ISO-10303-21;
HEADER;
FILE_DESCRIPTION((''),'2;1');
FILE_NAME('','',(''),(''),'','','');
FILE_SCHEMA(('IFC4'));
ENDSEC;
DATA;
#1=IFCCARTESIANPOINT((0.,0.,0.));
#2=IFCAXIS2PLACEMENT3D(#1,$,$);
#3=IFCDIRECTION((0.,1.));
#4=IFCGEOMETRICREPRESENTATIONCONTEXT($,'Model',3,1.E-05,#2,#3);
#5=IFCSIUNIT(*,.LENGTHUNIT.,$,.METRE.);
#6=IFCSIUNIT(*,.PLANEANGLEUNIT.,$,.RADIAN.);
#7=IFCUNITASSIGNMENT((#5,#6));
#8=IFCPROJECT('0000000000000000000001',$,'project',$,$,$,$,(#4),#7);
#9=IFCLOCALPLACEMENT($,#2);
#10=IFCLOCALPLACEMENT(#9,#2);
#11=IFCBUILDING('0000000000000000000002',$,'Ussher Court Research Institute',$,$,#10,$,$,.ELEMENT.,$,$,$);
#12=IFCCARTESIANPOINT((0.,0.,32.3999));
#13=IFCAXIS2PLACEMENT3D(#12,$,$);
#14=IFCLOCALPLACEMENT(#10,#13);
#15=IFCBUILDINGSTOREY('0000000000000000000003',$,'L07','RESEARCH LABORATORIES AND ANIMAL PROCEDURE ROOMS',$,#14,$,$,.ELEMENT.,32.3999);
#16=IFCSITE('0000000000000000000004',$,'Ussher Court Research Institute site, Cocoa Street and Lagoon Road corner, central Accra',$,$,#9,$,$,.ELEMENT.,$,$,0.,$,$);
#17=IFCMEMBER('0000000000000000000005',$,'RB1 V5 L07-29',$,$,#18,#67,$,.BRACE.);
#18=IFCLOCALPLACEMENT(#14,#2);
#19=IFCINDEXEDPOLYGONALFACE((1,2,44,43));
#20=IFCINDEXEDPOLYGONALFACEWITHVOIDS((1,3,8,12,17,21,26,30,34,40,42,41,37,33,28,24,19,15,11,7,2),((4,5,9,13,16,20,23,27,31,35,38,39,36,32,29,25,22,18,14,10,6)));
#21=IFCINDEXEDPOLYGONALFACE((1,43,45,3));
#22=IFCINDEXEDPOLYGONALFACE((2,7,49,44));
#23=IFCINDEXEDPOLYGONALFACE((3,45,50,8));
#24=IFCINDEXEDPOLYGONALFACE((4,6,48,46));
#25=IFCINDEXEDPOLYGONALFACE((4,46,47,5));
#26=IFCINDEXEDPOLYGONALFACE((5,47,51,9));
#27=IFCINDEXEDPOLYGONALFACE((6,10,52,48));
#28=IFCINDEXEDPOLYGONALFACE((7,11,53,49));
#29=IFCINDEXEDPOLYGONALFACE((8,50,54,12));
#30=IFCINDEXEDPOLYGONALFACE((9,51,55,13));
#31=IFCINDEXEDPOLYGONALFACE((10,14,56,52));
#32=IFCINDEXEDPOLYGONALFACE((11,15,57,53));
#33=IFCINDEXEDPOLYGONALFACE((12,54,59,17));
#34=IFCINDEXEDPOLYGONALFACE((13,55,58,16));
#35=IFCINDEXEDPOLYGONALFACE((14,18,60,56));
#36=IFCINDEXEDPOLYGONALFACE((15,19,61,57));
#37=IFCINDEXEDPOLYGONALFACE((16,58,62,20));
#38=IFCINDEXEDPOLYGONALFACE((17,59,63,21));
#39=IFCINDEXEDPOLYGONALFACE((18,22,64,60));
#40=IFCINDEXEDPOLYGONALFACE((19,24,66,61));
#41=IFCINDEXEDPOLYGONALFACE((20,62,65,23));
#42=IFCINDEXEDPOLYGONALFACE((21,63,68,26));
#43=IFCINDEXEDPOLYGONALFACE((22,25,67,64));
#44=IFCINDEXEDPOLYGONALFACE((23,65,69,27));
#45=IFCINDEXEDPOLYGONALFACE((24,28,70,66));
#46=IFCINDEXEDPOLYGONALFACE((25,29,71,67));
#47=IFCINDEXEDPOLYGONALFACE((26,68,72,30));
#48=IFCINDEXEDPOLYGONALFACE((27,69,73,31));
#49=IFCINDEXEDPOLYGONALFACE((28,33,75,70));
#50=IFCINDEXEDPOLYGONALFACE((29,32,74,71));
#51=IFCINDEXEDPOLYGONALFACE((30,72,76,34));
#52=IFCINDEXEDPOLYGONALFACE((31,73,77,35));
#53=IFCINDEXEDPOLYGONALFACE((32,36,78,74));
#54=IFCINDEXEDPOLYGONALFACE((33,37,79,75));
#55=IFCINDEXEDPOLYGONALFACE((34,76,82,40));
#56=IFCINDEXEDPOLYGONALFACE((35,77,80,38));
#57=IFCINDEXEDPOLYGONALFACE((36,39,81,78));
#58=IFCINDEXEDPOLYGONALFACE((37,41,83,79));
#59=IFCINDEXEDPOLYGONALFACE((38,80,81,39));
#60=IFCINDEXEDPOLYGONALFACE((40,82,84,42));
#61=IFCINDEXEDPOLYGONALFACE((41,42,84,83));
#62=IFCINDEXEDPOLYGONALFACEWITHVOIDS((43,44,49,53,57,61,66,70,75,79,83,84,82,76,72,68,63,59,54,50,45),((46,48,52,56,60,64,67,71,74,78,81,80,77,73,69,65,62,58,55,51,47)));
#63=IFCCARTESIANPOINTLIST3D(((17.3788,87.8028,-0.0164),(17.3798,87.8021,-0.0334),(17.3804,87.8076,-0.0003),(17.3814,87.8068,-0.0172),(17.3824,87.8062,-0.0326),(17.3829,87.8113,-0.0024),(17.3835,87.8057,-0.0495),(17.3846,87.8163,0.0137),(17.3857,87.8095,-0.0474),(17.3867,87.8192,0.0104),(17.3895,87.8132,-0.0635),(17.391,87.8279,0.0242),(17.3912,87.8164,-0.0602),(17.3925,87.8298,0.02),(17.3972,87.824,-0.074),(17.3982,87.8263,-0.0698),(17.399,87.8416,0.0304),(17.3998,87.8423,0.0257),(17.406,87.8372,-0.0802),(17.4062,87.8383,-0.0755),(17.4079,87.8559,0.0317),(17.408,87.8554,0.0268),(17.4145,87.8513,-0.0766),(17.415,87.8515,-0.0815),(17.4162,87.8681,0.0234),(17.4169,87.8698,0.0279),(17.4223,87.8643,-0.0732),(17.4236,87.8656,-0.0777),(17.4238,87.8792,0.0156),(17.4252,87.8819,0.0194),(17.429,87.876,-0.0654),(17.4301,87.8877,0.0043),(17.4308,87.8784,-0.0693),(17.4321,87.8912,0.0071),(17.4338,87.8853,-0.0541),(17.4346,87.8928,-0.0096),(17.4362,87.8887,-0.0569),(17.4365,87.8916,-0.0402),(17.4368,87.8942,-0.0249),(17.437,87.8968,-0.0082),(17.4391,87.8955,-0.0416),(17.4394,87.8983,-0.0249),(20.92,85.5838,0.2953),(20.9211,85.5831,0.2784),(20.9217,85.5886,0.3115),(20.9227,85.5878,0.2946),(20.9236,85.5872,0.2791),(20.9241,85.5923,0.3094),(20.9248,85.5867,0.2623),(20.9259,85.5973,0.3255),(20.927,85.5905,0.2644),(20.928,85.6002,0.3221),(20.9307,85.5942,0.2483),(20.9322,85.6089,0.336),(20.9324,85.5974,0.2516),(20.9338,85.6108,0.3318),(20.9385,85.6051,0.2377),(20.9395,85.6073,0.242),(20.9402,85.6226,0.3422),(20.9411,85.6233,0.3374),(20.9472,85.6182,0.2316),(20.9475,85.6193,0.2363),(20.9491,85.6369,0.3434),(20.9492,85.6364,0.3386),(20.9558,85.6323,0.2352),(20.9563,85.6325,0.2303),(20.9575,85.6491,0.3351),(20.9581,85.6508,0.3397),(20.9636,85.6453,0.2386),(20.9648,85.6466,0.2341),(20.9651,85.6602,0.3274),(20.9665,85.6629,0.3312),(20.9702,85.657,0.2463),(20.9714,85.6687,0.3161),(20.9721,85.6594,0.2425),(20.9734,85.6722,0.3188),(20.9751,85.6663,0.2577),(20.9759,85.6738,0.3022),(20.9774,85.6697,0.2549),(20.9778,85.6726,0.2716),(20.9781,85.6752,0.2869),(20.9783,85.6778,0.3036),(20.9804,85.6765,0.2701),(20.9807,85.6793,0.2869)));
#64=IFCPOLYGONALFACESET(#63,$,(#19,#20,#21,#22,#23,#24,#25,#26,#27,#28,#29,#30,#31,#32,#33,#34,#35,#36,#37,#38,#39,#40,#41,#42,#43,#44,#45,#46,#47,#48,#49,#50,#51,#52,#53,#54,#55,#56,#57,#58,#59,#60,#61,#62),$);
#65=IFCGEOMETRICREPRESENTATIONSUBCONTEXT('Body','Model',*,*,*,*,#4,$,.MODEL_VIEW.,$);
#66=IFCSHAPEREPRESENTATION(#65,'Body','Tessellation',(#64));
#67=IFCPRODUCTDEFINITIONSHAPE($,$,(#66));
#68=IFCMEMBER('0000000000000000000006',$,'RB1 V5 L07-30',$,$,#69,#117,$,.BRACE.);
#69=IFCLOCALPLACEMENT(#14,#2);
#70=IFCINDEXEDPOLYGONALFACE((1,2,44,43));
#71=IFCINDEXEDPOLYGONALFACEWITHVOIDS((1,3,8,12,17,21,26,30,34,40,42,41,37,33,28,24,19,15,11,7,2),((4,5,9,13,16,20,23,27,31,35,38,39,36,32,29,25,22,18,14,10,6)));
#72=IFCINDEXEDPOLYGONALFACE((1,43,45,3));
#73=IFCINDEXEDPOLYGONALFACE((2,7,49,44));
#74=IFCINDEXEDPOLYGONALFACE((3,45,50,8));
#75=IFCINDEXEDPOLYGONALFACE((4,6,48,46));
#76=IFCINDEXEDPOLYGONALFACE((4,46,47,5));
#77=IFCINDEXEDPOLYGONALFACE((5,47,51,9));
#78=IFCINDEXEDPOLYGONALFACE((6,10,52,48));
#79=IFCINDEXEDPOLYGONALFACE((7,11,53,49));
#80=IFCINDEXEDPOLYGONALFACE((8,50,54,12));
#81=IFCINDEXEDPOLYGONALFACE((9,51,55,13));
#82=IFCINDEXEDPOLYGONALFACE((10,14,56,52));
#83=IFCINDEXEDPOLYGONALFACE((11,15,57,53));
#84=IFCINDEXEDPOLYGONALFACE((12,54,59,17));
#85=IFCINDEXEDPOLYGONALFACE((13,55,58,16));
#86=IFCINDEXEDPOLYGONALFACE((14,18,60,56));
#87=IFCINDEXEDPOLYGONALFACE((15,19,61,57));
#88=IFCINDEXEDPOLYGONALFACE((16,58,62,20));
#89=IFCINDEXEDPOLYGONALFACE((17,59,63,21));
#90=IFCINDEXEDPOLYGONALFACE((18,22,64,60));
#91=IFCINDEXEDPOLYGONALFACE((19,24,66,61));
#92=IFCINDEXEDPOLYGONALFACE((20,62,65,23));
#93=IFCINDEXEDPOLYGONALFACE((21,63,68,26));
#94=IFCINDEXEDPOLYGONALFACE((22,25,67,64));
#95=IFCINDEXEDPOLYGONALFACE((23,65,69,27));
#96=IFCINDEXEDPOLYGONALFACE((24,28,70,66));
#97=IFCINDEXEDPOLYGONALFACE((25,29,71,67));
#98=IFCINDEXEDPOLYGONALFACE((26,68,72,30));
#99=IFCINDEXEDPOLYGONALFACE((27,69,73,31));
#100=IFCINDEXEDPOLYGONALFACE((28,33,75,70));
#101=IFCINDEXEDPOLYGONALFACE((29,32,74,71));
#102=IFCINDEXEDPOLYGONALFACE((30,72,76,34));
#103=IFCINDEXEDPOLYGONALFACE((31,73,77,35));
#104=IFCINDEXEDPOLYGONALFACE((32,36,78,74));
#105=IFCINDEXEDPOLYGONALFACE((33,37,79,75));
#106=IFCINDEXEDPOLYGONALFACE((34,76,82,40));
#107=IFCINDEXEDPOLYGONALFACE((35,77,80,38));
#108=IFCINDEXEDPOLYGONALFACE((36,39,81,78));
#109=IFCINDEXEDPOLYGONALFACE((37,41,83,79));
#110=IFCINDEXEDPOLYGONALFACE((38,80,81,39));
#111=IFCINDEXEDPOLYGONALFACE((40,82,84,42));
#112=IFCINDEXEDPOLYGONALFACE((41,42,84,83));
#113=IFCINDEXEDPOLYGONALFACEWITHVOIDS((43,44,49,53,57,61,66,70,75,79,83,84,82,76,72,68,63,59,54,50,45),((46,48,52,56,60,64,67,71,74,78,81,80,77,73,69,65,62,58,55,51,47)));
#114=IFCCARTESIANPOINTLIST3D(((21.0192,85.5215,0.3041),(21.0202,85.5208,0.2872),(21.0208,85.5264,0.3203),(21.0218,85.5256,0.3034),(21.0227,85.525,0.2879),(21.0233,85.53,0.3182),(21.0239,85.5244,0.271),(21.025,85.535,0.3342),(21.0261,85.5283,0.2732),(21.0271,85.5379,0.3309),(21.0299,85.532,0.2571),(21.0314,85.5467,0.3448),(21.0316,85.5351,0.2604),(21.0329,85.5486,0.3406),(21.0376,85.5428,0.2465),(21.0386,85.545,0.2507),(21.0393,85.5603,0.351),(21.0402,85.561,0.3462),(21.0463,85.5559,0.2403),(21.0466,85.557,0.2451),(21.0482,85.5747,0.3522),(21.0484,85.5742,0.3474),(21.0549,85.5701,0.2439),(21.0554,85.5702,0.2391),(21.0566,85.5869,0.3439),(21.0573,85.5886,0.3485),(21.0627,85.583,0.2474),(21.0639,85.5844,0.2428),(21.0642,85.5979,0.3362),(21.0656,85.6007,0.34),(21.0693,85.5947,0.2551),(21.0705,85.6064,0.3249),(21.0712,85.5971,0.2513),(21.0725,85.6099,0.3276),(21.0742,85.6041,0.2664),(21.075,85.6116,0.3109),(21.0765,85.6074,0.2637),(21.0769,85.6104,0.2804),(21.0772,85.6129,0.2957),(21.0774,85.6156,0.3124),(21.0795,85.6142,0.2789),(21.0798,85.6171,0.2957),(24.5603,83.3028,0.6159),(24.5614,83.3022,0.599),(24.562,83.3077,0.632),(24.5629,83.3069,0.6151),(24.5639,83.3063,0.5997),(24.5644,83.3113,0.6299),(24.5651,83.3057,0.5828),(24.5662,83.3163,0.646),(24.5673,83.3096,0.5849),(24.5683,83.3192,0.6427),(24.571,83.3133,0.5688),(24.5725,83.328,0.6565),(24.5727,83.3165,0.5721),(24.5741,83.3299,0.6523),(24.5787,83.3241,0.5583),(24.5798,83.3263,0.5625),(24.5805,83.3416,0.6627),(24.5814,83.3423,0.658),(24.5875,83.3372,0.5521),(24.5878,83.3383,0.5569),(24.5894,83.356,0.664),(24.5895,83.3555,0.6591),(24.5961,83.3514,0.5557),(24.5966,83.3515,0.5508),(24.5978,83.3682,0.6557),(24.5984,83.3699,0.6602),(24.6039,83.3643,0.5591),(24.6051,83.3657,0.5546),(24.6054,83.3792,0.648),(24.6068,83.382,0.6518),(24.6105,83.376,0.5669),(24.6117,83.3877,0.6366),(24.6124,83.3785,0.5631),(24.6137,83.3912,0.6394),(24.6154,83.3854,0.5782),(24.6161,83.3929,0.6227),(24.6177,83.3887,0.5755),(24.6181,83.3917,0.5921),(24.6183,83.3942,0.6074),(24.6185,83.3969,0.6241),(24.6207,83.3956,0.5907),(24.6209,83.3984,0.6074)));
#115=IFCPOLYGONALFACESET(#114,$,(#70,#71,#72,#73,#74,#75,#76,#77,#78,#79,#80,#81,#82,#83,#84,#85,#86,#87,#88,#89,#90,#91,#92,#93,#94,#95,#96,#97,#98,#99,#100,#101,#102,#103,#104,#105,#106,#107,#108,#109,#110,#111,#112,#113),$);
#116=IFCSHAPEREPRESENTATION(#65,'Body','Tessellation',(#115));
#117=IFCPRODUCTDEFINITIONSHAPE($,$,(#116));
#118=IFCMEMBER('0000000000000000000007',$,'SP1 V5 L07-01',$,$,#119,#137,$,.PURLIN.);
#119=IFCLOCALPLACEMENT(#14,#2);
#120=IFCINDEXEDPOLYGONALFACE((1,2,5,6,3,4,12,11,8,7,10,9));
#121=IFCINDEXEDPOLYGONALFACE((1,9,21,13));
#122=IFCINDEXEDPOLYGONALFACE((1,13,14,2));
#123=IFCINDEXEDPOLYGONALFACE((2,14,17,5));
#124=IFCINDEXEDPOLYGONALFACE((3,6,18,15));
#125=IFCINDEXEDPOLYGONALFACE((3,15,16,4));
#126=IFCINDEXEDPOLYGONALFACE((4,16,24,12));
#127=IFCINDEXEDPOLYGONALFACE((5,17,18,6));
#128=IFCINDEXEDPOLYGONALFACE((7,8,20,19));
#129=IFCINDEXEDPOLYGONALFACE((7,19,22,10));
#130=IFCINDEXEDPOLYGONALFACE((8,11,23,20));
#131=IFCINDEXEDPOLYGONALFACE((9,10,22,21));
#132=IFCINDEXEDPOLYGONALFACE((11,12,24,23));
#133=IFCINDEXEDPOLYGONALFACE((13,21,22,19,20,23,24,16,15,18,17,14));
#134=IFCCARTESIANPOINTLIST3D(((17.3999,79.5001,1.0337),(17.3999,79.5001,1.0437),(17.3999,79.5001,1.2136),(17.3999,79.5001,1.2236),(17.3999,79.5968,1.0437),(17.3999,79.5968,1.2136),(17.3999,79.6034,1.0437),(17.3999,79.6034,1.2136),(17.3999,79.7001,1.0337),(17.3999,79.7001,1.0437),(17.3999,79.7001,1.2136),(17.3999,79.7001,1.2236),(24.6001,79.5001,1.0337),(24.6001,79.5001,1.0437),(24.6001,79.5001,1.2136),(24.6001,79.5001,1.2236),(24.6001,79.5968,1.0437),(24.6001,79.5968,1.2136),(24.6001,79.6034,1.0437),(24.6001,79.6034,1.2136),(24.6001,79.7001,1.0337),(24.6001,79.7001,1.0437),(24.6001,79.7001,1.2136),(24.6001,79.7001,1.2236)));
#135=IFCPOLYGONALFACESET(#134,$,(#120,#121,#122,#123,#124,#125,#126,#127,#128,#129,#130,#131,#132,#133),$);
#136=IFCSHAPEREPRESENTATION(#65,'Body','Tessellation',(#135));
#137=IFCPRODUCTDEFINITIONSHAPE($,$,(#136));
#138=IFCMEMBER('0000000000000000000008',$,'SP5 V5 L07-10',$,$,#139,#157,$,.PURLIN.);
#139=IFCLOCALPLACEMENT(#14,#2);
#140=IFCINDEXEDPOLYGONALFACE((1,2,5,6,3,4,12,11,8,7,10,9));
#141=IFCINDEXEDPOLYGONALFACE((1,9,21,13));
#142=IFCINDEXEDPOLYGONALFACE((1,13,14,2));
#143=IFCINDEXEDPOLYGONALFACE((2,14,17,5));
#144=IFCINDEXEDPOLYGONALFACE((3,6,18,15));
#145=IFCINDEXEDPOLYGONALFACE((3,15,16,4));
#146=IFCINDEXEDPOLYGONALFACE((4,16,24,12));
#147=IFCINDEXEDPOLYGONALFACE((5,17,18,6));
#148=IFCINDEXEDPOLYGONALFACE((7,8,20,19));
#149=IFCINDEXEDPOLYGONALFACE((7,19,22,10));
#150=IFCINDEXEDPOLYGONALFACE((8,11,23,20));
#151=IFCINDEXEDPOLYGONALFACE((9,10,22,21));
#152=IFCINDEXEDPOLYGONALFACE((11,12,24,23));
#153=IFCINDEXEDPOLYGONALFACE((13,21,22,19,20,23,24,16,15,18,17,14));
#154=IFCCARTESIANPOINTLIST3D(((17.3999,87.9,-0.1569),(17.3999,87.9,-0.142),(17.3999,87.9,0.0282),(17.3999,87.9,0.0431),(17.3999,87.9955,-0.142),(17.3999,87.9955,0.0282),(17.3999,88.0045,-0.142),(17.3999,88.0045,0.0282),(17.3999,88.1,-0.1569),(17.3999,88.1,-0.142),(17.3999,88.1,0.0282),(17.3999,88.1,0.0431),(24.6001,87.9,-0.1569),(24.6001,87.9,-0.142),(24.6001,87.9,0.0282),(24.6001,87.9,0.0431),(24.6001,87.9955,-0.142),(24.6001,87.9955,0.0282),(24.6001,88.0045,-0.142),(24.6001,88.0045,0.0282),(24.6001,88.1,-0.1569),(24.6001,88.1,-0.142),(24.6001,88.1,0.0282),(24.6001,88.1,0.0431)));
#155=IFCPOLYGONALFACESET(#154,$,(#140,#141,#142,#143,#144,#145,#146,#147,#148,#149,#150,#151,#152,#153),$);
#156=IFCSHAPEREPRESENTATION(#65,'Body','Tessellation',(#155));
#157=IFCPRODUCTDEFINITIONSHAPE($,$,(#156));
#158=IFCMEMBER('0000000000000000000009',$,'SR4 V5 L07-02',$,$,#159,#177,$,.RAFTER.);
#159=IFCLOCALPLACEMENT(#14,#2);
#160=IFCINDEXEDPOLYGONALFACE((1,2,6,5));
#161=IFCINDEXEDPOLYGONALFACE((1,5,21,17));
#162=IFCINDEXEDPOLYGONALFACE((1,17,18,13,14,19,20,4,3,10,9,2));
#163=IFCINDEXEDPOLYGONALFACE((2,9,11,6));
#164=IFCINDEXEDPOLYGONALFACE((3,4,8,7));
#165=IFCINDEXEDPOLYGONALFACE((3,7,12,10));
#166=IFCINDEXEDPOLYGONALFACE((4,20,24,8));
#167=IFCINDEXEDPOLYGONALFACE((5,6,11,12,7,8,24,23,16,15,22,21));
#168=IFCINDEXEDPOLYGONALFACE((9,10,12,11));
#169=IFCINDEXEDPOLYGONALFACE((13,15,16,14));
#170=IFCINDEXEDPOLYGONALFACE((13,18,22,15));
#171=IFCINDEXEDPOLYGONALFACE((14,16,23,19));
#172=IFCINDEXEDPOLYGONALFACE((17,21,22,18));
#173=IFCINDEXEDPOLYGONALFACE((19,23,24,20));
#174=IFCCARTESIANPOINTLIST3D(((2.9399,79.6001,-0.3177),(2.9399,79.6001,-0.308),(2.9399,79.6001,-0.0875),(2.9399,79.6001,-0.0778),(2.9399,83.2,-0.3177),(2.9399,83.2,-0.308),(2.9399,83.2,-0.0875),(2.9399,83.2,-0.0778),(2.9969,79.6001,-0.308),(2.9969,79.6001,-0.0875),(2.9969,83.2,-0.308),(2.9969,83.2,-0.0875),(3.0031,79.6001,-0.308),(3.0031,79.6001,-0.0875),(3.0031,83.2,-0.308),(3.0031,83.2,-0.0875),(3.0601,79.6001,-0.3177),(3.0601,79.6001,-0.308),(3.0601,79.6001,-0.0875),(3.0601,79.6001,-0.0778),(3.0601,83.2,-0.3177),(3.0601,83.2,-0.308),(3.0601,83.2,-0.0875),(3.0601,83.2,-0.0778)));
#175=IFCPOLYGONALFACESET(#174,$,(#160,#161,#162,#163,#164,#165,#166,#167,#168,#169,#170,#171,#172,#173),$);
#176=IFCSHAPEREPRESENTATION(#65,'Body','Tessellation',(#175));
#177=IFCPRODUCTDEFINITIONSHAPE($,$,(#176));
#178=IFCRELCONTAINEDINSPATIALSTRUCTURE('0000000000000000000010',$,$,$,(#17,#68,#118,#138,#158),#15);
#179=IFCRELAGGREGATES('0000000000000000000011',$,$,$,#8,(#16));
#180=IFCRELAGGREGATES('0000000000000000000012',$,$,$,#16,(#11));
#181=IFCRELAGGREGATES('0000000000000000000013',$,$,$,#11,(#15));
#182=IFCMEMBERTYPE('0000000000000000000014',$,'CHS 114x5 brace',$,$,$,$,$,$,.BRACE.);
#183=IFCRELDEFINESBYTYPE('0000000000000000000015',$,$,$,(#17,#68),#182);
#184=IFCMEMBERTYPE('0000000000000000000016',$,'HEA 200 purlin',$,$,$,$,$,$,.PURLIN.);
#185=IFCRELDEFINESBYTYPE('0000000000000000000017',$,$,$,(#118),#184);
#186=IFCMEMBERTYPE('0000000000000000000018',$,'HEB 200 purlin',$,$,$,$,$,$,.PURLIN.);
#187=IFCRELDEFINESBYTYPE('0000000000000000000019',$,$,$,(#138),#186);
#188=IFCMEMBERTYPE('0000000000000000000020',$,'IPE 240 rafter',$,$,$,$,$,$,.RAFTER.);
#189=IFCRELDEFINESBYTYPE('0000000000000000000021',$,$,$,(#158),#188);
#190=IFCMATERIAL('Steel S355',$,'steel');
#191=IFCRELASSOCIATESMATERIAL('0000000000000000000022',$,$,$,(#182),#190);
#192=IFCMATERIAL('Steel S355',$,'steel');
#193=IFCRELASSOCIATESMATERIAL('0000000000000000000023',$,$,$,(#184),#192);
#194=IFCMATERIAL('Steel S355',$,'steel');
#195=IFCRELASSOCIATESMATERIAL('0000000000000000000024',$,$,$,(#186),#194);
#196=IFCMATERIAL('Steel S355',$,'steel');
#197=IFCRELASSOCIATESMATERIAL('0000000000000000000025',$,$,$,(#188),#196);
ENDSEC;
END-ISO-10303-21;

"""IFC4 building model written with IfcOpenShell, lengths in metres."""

from ifc_helpers import new_model, si_unit, direction, frame, origin, origin_2d, place, context, subcontext, project, spatial, hollow_circle, i_section, extrude, material, material_profile, profile_set, type_object, element, save


model = new_model("IFC4")

# Units and contexts
model_context = context("Model", 3, precision=1e-05, world=origin(), true_north=direction((0.0, 1.0)))
body_context = subcontext(model_context, "Body", "Model", "MODEL_VIEW")
ifc_project = project(units=[si_unit("LENGTHUNIT", "METRE"), si_unit("PLANEANGLEUNIT", "RADIAN")], contexts=[model_context])

# Site, building, storey
site_placement = place(None, origin())
site = spatial("IfcSite", under=ifc_project, at=site_placement, Name="Ussher Court Research Institute site, Cocoa Street and Lagoon Road corner, central Accra", CompositionType="ELEMENT", RefElevation=0.0)
building_placement = place(site_placement, origin())
building = spatial("IfcBuilding", under=site, at=building_placement, Name="Ussher Court Research Institute", CompositionType="ELEMENT")
storey_placement = place(building_placement, frame((0.0, 0.0, 32.3999)))
storey = spatial("IfcBuildingStorey", under=building, at=storey_placement, Name="L07", Description="RESEARCH LABORATORIES AND ANIMAL PROCEDURE ROOMS", CompositionType="ELEMENT", Elevation=32.3999)

# Members
ifc_material_1 = material(Name="Steel S355", Category="steel")
ifc_material_profile_1 = material_profile(ifc_material_1, hollow_circle(Radius=0.0569, WallThickness=0.0049, at=origin_2d()), Name="CHS 114x5")
ifc_profile_set_1 = profile_set([ifc_material_profile_1], Name="Steel S355")
member_type_1 = type_object("IfcMemberType", Name="CHS 114x5 brace", PredefinedType="BRACE", material=ifc_profile_set_1)
member_1_placement = place(storey_placement, frame((17.4092, 87.8501, -0.0249), z_axis=(0.845036, -0.529509, 0.074396), x_axis=(0.530981, 0.847384, 0.0)))
element("IfcMember", 1, at=member_1_placement, inside=storey, type_object=member_type_1, Name="RB1 V5 L07-29", PredefinedType="BRACE", context=body_context, shape_type="SweptSolid", body=[
    extrude(hollow_circle(Radius=0.0569, WallThickness=0.0049, at=origin_2d()), origin(), (0.0, 0.0, 1.0), 4.1907),
])
member_2_placement = place(storey_placement, frame((21.0496, 85.5688, 0.2957), z_axis=(0.845062, -0.529467, 0.074398), x_axis=(0.530939, 0.84741, 0.0)))
element("IfcMember", 2, at=member_2_placement, inside=storey, type_object=member_type_1, Name="RB1 V5 L07-30", PredefinedType="BRACE", context=body_context, shape_type="SweptSolid", body=[
    extrude(hollow_circle(Radius=0.0569, WallThickness=0.0049, at=origin_2d()), origin(), (0.0, 0.0, 1.0), 4.1904),
])
ifc_material_2 = material(Name="Steel S355", Category="steel")
ifc_material_profile_2 = material_profile(ifc_material_2, i_section(OverallWidth=0.2, OverallDepth=0.1899, WebThickness=0.0066, FlangeThickness=0.01, at=origin_2d()), Name="HEA 200")
ifc_profile_set_2 = profile_set([ifc_material_profile_2], Name="Steel S355")
member_type_2 = type_object("IfcMemberType", Name="HEA 200 purlin", PredefinedType="PURLIN", material=ifc_profile_set_2)
member_3_placement = place(storey_placement, frame((17.3999, 79.6001, 1.1287), z_axis=(1.0, 0.0, 0.0), x_axis=(0.0, 1.0, 0.0)))
element("IfcMember", 3, at=member_3_placement, inside=storey, type_object=member_type_2, Name="SP1 V5 L07-01", PredefinedType="PURLIN", context=body_context, shape_type="SweptSolid", body=[
    extrude(i_section(OverallWidth=0.2, OverallDepth=0.1899, WebThickness=0.0066, FlangeThickness=0.01, at=origin_2d()), origin(), (0.0, 0.0, 1.0), 7.2002),
])
ifc_material_3 = material(Name="Steel S355", Category="steel")
ifc_material_profile_3 = material_profile(ifc_material_3, i_section(OverallWidth=0.2, OverallDepth=0.2, WebThickness=0.009, FlangeThickness=0.0149, at=origin_2d()), Name="HEB 200")
ifc_profile_set_3 = profile_set([ifc_material_profile_3], Name="Steel S355")
member_type_3 = type_object("IfcMemberType", Name="HEB 200 purlin", PredefinedType="PURLIN", material=ifc_profile_set_3)
member_4_placement = place(storey_placement, frame((17.3999, 88.0, -0.0569), z_axis=(1.0, 0.0, 0.0), x_axis=(0.0, 1.0, 0.0)))
element("IfcMember", 4, at=member_4_placement, inside=storey, type_object=member_type_3, Name="SP5 V5 L07-10", PredefinedType="PURLIN", context=body_context, shape_type="SweptSolid", body=[
    extrude(i_section(OverallWidth=0.2, OverallDepth=0.2, WebThickness=0.009, FlangeThickness=0.0149, at=origin_2d()), origin(), (0.0, 0.0, 1.0), 7.2002),
])
ifc_material_4 = material(Name="Steel S355", Category="steel")
ifc_material_profile_4 = material_profile(ifc_material_4, i_section(OverallWidth=0.1201, OverallDepth=0.24, WebThickness=0.0061, FlangeThickness=0.0098, at=origin_2d()), Name="IPE 240")
ifc_profile_set_4 = profile_set([ifc_material_profile_4], Name="Steel S355")
member_type_4 = type_object("IfcMemberType", Name="IPE 240 rafter", PredefinedType="RAFTER", material=ifc_profile_set_4)
member_5_placement = place(storey_placement, frame((3.0, 79.6001, -0.1978), z_axis=(0.0, 1.0, 0.0), x_axis=(-1.0, 0.0, 0.0)))
element("IfcMember", 5, at=member_5_placement, inside=storey, type_object=member_type_4, Name="SR4 V5 L07-02", PredefinedType="RAFTER", context=body_context, shape_type="SweptSolid", body=[
    extrude(i_section(OverallWidth=0.1201, OverallDepth=0.24, WebThickness=0.0061, FlangeThickness=0.0098, at=origin_2d()), origin(), (0.0, 0.0, 1.0), 3.5999),
])

save(model, "model.ifc")
